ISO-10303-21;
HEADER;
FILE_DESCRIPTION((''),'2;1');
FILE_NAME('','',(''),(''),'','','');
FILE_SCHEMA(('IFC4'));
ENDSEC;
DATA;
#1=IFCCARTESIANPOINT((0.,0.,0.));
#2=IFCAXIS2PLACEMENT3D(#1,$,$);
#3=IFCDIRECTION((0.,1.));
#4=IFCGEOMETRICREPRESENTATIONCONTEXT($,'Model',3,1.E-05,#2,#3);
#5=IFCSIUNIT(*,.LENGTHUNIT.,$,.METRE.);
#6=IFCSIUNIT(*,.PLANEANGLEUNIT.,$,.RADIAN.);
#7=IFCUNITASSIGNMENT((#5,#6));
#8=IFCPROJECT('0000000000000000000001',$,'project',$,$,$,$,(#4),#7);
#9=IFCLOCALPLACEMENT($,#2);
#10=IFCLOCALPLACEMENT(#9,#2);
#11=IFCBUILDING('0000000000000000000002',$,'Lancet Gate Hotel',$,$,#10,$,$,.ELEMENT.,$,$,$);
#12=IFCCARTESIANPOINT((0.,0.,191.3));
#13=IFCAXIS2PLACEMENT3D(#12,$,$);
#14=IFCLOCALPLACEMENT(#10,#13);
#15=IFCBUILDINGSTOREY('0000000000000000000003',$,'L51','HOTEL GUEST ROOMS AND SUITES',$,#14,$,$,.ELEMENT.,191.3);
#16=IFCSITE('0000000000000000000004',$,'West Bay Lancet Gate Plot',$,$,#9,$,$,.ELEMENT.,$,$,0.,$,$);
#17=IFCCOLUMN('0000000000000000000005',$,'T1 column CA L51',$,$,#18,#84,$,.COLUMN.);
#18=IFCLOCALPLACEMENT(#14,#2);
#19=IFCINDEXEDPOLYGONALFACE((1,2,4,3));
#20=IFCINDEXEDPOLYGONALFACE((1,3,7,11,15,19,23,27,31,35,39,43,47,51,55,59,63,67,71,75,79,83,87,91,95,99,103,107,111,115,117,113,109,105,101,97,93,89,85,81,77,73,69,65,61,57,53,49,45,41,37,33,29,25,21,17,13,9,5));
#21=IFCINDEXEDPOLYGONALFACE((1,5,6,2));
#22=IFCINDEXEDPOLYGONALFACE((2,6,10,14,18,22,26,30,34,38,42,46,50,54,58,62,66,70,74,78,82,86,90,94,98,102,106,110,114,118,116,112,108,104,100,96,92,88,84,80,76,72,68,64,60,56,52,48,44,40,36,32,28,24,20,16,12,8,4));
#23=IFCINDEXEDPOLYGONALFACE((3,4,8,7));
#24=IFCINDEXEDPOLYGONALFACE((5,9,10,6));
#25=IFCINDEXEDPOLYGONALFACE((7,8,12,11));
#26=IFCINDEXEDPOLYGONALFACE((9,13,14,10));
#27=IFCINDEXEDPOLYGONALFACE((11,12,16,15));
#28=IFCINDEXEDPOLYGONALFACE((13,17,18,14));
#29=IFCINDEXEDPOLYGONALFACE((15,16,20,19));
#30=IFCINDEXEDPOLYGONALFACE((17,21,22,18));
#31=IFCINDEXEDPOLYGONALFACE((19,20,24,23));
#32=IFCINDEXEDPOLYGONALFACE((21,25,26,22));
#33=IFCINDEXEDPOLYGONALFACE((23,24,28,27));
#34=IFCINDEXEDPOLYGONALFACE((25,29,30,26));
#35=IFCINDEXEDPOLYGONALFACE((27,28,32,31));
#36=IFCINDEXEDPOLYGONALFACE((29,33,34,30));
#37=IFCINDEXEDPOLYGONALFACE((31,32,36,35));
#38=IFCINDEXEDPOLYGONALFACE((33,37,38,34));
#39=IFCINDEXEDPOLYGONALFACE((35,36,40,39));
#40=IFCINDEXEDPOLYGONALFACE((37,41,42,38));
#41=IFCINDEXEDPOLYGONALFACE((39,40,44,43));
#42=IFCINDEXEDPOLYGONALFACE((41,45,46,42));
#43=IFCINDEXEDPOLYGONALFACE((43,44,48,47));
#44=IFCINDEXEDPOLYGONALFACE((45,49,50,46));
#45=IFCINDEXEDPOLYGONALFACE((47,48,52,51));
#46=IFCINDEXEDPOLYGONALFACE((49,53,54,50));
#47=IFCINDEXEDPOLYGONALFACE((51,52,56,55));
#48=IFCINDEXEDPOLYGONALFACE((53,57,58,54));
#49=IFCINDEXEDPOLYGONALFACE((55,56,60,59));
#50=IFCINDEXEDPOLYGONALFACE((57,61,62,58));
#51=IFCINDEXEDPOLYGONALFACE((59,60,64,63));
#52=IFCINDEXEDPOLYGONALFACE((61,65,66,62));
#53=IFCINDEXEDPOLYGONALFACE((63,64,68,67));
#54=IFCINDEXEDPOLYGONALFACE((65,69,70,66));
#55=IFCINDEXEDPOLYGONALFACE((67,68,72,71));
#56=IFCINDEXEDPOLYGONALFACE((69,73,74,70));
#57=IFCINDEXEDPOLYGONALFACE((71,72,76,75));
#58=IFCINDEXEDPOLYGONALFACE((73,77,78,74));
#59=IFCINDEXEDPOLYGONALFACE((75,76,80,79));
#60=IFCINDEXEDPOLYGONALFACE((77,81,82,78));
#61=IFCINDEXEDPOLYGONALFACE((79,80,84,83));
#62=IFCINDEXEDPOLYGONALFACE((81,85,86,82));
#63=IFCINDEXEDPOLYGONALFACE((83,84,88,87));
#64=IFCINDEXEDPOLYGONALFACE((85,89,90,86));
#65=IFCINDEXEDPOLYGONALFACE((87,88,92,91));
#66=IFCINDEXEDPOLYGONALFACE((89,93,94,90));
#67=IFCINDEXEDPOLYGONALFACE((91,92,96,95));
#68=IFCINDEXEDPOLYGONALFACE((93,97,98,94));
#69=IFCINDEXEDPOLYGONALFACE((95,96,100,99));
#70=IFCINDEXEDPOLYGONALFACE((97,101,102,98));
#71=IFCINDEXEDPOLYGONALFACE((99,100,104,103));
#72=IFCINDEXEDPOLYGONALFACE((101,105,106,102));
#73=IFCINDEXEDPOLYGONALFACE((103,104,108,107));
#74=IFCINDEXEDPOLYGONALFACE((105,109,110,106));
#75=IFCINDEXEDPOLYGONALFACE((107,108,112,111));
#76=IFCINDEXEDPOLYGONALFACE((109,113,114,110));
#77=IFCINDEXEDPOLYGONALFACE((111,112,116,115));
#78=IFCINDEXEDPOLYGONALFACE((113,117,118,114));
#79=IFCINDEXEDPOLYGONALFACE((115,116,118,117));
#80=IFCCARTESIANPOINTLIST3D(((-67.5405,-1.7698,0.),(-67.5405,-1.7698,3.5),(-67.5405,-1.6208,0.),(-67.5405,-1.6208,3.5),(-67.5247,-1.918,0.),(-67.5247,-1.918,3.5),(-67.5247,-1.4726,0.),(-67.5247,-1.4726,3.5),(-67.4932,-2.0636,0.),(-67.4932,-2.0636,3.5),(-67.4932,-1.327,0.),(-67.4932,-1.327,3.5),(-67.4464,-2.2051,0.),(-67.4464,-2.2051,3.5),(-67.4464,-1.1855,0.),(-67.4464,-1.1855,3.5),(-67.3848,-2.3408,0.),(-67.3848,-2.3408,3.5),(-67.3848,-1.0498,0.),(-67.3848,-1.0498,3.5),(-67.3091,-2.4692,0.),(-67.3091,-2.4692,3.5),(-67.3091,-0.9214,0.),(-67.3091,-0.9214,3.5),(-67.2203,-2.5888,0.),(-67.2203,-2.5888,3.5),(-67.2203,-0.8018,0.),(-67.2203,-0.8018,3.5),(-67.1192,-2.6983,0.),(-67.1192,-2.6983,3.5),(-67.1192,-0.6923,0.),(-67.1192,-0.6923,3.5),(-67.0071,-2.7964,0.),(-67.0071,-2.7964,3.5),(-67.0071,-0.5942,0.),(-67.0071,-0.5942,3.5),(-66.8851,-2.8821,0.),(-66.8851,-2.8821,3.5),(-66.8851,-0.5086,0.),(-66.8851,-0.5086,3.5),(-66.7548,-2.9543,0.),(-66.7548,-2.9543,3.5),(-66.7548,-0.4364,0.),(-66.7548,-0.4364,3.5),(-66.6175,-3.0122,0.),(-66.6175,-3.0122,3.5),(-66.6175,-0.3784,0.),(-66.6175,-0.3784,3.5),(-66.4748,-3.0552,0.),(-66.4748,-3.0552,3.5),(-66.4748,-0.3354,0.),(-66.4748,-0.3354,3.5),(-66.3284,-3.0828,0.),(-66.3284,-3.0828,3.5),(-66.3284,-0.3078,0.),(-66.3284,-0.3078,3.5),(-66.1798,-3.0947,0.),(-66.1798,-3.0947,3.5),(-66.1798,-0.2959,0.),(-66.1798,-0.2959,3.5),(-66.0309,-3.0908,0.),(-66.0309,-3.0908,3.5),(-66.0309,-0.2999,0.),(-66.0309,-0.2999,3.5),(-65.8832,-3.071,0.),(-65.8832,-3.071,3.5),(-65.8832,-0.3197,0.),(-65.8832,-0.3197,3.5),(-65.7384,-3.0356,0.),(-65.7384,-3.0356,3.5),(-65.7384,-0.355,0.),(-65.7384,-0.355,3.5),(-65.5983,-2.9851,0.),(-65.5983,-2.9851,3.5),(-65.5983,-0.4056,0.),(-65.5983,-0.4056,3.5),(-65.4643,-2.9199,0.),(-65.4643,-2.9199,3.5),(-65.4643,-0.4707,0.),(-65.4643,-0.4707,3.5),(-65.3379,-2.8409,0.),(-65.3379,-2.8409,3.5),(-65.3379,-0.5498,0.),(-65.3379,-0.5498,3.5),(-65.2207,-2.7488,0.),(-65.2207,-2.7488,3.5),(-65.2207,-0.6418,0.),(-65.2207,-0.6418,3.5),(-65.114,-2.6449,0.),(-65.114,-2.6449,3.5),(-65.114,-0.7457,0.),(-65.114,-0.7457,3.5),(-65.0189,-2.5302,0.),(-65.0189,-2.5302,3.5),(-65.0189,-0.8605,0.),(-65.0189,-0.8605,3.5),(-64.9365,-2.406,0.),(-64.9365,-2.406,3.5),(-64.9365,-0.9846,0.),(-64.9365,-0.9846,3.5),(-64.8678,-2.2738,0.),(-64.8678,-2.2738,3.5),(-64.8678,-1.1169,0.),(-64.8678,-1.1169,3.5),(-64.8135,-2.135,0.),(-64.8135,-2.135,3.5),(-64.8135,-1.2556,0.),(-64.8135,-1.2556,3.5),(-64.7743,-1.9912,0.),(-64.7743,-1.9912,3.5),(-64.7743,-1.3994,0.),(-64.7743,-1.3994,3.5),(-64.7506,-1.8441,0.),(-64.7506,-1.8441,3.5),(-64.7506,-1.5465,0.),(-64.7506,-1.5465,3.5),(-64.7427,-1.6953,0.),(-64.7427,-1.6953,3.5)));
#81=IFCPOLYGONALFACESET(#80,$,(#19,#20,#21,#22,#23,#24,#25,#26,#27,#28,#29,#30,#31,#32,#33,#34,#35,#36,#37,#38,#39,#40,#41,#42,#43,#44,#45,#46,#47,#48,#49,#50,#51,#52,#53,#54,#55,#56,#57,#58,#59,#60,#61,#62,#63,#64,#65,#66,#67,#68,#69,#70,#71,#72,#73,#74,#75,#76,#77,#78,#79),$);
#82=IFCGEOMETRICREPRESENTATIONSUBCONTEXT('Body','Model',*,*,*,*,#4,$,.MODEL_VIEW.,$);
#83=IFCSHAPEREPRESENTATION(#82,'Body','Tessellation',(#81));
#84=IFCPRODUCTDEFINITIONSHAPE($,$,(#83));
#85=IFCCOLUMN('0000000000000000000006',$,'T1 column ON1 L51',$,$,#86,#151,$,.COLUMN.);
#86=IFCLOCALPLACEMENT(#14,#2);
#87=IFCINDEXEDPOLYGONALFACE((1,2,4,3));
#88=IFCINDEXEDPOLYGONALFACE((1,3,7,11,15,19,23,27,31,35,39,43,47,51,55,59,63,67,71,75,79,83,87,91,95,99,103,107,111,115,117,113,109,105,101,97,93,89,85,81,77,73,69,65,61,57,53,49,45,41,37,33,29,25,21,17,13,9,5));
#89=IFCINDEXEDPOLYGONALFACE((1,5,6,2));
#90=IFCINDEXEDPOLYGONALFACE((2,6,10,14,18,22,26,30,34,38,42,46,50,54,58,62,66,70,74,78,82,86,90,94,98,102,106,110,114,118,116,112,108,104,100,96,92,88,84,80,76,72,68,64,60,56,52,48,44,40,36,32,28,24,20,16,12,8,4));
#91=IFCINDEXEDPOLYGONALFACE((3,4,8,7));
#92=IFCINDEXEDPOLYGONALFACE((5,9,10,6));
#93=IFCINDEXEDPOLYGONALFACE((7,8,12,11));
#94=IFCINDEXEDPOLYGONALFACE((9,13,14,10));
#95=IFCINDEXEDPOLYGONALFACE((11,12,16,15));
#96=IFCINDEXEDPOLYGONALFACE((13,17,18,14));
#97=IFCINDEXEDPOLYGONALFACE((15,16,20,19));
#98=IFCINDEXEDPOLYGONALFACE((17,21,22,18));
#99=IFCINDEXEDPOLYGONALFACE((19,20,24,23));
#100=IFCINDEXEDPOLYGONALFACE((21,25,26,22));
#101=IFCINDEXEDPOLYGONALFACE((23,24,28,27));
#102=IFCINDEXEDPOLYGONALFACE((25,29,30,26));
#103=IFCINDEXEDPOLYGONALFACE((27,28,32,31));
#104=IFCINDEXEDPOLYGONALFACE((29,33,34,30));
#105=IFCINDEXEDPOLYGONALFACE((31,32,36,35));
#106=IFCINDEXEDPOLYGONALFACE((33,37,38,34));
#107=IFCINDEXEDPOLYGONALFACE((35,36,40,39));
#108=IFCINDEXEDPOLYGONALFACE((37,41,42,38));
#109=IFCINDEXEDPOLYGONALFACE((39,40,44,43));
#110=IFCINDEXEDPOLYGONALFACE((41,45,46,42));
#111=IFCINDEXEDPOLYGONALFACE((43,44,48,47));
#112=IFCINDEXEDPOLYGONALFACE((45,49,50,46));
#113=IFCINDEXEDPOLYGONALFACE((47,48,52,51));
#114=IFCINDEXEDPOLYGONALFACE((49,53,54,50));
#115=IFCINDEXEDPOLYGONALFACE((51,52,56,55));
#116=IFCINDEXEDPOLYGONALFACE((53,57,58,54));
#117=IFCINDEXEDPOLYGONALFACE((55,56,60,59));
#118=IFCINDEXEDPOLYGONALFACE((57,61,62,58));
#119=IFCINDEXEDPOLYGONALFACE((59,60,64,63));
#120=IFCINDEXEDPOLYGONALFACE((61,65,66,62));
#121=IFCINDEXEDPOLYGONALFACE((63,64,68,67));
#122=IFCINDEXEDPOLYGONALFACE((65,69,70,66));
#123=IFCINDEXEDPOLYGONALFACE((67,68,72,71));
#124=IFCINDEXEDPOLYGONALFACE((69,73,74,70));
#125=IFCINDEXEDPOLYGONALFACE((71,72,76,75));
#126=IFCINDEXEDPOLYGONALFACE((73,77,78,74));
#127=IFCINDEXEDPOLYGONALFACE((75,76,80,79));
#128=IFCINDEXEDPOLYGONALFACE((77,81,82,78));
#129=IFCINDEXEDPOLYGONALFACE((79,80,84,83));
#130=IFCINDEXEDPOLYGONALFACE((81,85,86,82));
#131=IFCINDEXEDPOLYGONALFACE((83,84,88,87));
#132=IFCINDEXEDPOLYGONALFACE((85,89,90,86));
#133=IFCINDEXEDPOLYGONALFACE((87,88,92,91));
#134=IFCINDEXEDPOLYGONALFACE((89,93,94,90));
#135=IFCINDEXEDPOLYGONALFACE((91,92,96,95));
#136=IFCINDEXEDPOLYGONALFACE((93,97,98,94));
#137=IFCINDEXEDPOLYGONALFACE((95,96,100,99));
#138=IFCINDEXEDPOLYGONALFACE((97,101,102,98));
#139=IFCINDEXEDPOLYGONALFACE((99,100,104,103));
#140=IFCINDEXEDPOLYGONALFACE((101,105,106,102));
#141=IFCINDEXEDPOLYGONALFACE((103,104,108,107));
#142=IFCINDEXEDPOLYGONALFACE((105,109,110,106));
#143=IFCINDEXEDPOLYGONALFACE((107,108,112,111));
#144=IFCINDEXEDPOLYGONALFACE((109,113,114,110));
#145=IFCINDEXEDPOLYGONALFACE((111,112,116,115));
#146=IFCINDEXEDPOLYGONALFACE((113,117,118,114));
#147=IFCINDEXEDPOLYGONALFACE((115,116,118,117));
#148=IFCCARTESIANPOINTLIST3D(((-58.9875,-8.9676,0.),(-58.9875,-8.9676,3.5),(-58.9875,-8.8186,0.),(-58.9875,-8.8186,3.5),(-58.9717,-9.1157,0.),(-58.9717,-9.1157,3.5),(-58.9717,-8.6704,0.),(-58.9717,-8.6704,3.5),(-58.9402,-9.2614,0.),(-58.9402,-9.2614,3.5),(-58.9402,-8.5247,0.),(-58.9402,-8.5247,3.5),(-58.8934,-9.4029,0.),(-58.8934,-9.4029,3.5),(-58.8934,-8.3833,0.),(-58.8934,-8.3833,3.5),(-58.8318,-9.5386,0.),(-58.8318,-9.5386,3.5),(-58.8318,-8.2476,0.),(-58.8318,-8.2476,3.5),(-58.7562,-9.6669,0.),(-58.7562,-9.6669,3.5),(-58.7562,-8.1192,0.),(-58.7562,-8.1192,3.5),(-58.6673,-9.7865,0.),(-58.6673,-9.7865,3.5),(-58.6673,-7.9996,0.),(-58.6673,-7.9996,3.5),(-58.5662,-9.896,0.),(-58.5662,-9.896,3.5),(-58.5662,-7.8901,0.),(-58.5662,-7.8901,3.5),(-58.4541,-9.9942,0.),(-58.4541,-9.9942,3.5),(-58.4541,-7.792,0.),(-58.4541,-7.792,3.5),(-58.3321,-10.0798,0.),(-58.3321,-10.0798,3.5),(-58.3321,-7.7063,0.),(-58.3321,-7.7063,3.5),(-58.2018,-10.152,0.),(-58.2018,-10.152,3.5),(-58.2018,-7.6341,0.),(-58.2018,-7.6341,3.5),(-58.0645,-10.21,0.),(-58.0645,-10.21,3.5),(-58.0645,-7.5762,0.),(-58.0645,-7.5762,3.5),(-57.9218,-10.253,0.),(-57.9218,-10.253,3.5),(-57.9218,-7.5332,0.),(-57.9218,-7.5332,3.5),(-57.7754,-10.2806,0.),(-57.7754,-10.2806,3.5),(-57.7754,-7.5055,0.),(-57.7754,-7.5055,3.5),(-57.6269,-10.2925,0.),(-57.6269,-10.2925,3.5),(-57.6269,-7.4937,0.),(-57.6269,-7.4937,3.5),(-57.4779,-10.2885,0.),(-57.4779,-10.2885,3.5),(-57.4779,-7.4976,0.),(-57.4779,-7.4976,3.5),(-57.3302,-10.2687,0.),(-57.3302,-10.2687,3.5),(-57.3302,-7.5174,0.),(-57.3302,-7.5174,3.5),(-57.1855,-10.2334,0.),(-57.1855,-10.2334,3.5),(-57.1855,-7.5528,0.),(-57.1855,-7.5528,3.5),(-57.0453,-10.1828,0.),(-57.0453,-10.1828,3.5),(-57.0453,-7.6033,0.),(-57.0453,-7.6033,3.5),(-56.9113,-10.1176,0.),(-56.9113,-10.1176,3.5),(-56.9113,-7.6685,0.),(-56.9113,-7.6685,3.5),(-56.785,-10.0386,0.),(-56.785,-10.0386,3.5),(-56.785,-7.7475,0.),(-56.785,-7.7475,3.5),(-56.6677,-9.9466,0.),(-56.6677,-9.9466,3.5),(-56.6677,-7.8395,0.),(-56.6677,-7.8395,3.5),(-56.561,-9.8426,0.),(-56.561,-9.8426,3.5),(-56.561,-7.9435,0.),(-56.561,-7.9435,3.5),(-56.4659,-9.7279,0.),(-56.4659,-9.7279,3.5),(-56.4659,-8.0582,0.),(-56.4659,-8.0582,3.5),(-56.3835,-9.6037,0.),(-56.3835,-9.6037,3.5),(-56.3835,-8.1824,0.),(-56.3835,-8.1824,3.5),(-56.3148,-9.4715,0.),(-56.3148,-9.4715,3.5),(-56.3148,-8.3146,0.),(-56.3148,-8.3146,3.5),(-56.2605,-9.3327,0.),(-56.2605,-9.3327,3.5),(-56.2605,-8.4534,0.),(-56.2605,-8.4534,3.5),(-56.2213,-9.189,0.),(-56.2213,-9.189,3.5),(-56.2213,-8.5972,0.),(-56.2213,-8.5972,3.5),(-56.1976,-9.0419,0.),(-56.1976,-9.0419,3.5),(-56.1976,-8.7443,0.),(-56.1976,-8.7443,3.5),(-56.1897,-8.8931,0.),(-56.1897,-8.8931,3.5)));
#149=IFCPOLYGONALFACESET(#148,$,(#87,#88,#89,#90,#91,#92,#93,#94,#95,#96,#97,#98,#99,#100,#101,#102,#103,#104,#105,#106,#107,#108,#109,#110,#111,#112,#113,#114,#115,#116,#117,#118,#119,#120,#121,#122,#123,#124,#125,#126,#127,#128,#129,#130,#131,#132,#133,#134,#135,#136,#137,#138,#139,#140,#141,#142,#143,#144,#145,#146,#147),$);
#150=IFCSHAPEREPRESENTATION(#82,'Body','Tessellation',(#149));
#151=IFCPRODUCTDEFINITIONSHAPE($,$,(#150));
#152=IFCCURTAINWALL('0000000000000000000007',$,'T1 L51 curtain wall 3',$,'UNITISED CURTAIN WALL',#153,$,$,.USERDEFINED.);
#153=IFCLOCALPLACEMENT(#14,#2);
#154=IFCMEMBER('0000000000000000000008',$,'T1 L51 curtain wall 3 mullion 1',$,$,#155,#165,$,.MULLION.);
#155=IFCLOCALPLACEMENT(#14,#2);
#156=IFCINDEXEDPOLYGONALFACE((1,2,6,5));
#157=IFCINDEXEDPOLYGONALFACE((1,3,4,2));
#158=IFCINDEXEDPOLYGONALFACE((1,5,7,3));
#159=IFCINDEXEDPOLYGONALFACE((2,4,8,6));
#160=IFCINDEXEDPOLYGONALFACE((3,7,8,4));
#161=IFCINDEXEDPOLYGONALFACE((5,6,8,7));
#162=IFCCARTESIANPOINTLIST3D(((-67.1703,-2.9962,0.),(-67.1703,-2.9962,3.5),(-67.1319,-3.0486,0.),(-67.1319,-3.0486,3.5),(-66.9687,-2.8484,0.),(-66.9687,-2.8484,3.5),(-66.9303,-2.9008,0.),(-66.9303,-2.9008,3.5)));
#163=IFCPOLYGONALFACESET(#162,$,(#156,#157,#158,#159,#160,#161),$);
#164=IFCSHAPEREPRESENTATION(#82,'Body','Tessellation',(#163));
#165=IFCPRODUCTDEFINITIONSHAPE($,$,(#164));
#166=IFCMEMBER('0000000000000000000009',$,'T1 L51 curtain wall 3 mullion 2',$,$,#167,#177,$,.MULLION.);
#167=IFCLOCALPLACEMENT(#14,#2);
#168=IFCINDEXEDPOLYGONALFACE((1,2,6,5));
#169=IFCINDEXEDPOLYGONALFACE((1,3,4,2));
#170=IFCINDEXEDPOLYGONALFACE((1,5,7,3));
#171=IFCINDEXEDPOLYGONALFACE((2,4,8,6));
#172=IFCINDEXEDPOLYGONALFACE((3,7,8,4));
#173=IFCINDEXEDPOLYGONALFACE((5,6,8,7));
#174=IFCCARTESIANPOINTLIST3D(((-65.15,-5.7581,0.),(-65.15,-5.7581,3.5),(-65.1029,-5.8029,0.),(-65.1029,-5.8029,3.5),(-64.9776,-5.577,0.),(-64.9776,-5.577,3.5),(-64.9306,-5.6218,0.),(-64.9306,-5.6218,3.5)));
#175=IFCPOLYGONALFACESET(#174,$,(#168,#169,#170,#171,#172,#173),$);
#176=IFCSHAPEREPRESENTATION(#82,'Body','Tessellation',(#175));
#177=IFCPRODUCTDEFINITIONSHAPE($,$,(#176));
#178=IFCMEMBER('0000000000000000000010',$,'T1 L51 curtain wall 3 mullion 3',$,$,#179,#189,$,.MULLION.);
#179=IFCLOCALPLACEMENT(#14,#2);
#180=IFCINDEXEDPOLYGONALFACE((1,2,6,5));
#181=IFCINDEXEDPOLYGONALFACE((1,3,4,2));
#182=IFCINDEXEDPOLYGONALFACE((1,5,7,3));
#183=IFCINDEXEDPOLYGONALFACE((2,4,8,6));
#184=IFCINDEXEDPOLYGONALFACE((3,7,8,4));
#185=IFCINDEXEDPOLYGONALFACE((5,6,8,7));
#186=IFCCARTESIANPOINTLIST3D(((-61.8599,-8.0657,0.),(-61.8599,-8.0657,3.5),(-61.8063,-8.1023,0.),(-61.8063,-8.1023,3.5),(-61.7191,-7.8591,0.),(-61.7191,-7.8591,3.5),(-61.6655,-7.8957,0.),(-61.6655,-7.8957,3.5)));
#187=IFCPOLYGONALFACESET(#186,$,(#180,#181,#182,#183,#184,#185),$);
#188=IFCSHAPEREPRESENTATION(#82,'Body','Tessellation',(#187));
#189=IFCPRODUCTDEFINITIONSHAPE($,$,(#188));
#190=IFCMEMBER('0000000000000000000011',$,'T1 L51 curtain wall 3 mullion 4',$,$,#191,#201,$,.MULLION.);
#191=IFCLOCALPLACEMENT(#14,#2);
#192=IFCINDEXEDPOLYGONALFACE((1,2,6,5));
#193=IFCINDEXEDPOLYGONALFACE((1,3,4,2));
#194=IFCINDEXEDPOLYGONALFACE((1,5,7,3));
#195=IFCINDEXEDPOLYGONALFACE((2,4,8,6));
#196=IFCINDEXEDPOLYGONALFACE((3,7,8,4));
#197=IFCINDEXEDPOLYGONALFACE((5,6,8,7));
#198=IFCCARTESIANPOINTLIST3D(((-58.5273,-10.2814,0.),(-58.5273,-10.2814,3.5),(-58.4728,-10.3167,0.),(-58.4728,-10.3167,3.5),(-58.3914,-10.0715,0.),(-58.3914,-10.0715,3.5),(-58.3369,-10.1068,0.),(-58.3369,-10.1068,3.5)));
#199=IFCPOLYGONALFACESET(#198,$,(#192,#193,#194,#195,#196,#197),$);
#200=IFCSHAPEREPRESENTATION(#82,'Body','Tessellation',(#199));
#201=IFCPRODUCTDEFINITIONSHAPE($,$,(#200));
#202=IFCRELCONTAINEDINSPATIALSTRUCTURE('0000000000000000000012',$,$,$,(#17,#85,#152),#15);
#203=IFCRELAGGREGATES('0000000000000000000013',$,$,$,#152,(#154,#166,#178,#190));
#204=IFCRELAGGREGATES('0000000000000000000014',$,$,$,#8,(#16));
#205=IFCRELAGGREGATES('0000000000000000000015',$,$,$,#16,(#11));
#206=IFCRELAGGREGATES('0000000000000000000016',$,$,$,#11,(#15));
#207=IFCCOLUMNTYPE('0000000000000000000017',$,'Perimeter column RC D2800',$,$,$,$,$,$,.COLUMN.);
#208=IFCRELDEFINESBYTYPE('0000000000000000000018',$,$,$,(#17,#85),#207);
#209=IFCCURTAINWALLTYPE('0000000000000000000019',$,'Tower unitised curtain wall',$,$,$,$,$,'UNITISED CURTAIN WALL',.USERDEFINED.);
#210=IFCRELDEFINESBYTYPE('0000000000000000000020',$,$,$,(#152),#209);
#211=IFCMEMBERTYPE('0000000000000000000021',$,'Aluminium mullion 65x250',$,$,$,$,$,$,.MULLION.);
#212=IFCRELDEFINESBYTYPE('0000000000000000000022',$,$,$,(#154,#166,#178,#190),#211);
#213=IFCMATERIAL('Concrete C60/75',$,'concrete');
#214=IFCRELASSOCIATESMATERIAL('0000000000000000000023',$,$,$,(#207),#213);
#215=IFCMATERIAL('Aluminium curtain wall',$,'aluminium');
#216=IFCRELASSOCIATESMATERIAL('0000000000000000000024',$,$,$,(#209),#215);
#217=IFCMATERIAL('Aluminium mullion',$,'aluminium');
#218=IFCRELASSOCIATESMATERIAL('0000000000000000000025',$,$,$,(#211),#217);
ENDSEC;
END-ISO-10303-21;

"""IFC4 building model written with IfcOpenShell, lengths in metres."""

from ifc_helpers import new_model, si_unit, direction, frame, origin, origin_2d, place, context, subcontext, project, spatial, rectangle, circle, extrude, material, material_profile, profile_set, type_object, element, aggregate, save


model = new_model("IFC4")

# Units and contexts
model_context = context("Model", 3, precision=1e-05, world=origin(), true_north=direction((0.0, 1.0)))
body_context = subcontext(model_context, "Body", "Model", "MODEL_VIEW")
ifc_project = project(units=[si_unit("LENGTHUNIT", "METRE"), si_unit("PLANEANGLEUNIT", "RADIAN")], contexts=[model_context])

# Site, building, storey
site_placement = place(None, origin())
site = spatial("IfcSite", under=ifc_project, at=site_placement, Name="West Bay Lancet Gate Plot", CompositionType="ELEMENT", RefElevation=0.0)
building_placement = place(site_placement, origin())
building = spatial("IfcBuilding", under=site, at=building_placement, Name="Lancet Gate Hotel", CompositionType="ELEMENT")
storey_placement = place(building_placement, frame((0.0, 0.0, 191.3)))
storey = spatial("IfcBuildingStorey", under=building, at=storey_placement, Name="L51", Description="HOTEL GUEST ROOMS AND SUITES", CompositionType="ELEMENT", Elevation=191.3)

# Columns
ifc_material_1 = material(Name="Concrete C60/75", Category="concrete")
ifc_material_profile_1 = material_profile(ifc_material_1, circle(Radius=1.3999, at=origin_2d()), Name="RC D2800")
ifc_profile_set_1 = profile_set([ifc_material_profile_1], Name="Concrete C60/75")
column_type = type_object("IfcColumnType", Name="Perimeter column RC D2800", PredefinedType="COLUMN", material=ifc_profile_set_1)
for number, where, z_axis, x_axis, name in (
    (1, (-66.1426, -1.6953, 0.0), (0.0, 0.0, 1.0), (1.0, 0.0, 0.0), "T1 column CA L51"),
    (2, (-57.5896, -8.8931, 0.0), (0.0, 0.0, 1.0), (1.0, 0.0, 0.0), "T1 column ON1 L51"),
):
    element("IfcColumn", number, at=place(storey_placement, frame(where, z_axis=z_axis, x_axis=x_axis)), inside=storey, type_object=column_type, Name=name, PredefinedType="COLUMN", context=body_context, shape_type="SweptSolid", body=[
        extrude(circle(Radius=1.3999, at=origin_2d()), origin(), (0.0, 0.0, 1.0), 3.5),
    ])

# Curtain wall, members
ifc_material_2 = material(Name="Aluminium curtain wall", Category="aluminium")
curtain_wall_type = type_object("IfcCurtainWallType", Name="Tower unitised curtain wall", ElementType="UNITISED CURTAIN WALL", PredefinedType="USERDEFINED", material=ifc_material_2)
curtain_wall_placement = place(storey_placement, origin())
curtain_wall = element("IfcCurtainWall", 3, at=curtain_wall_placement, inside=storey, type_object=curtain_wall_type, Name="T1 L51 curtain wall 3", ObjectType="UNITISED CURTAIN WALL", PredefinedType="USERDEFINED")
ifc_material_3 = material(Name="Aluminium mullion", Category="aluminium")
ifc_material_profile_2 = material_profile(ifc_material_3, rectangle(XDim=0.0649, YDim=0.25, at=origin_2d()), Name="MULLION 65x250")
ifc_profile_set_2 = profile_set([ifc_material_profile_2], Name="Aluminium mullion")
member_type_1 = type_object("IfcMemberType", Name="Aluminium mullion 65x250", PredefinedType="MULLION", material=ifc_profile_set_2)
member_1_placement = place(storey_placement, frame((-67.0503, -2.9485, 0.0), z_axis=(0.0, 0.0, 1.0), x_axis=(0.5913, -0.806452, 0.0)))
member_1 = element("IfcMember", 4, at=member_1_placement, type_object=member_type_1, Name="T1 L51 curtain wall 3 mullion 1", PredefinedType="MULLION", context=body_context, shape_type="SweptSolid", body=[
    extrude(rectangle(XDim=0.0649, YDim=0.25, at=origin_2d()), origin(), (0.0, 0.0, 1.0), 3.5),
])
member_2_placement = place(storey_placement, frame((-65.0403, -5.6899, 0.0), z_axis=(0.0, 0.0, 1.0), x_axis=(0.724382, -0.689399, 0.0)))
member_2 = element("IfcMember", 5, at=member_2_placement, type_object=member_type_1, Name="T1 L51 curtain wall 3 mullion 2", PredefinedType="MULLION", context=body_context, shape_type="SweptSolid", body=[
    extrude(rectangle(XDim=0.0649, YDim=0.25, at=origin_2d()), origin(), (0.0, 0.0, 1.0), 3.5),
])
member_3_placement = place(storey_placement, frame((-61.7627, -7.9807, 0.0), z_axis=(0.0, 0.0, 1.0), x_axis=(0.826312, -0.563212, 0.0)))
member_3 = element("IfcMember", 6, at=member_3_placement, type_object=member_type_1, Name="T1 L51 curtain wall 3 mullion 3", PredefinedType="MULLION", context=body_context, shape_type="SweptSolid", body=[
    extrude(rectangle(XDim=0.0649, YDim=0.25, at=origin_2d()), origin(), (0.0, 0.0, 1.0), 3.5),
])
member_4_placement = place(storey_placement, frame((-58.4321, -10.1941, 0.0), z_axis=(0.0, 0.0, 1.0), x_axis=(0.839331, -0.543621, 0.0)))
member_4 = element("IfcMember", 7, at=member_4_placement, type_object=member_type_1, Name="T1 L51 curtain wall 3 mullion 4", PredefinedType="MULLION", context=body_context, shape_type="SweptSolid", body=[
    extrude(rectangle(XDim=0.0649, YDim=0.25, at=origin_2d()), origin(), (0.0, 0.0, 1.0), 3.5),
])

aggregate(curtain_wall, [member_1, member_2, member_3, member_4])

save(model, "model.ifc")
